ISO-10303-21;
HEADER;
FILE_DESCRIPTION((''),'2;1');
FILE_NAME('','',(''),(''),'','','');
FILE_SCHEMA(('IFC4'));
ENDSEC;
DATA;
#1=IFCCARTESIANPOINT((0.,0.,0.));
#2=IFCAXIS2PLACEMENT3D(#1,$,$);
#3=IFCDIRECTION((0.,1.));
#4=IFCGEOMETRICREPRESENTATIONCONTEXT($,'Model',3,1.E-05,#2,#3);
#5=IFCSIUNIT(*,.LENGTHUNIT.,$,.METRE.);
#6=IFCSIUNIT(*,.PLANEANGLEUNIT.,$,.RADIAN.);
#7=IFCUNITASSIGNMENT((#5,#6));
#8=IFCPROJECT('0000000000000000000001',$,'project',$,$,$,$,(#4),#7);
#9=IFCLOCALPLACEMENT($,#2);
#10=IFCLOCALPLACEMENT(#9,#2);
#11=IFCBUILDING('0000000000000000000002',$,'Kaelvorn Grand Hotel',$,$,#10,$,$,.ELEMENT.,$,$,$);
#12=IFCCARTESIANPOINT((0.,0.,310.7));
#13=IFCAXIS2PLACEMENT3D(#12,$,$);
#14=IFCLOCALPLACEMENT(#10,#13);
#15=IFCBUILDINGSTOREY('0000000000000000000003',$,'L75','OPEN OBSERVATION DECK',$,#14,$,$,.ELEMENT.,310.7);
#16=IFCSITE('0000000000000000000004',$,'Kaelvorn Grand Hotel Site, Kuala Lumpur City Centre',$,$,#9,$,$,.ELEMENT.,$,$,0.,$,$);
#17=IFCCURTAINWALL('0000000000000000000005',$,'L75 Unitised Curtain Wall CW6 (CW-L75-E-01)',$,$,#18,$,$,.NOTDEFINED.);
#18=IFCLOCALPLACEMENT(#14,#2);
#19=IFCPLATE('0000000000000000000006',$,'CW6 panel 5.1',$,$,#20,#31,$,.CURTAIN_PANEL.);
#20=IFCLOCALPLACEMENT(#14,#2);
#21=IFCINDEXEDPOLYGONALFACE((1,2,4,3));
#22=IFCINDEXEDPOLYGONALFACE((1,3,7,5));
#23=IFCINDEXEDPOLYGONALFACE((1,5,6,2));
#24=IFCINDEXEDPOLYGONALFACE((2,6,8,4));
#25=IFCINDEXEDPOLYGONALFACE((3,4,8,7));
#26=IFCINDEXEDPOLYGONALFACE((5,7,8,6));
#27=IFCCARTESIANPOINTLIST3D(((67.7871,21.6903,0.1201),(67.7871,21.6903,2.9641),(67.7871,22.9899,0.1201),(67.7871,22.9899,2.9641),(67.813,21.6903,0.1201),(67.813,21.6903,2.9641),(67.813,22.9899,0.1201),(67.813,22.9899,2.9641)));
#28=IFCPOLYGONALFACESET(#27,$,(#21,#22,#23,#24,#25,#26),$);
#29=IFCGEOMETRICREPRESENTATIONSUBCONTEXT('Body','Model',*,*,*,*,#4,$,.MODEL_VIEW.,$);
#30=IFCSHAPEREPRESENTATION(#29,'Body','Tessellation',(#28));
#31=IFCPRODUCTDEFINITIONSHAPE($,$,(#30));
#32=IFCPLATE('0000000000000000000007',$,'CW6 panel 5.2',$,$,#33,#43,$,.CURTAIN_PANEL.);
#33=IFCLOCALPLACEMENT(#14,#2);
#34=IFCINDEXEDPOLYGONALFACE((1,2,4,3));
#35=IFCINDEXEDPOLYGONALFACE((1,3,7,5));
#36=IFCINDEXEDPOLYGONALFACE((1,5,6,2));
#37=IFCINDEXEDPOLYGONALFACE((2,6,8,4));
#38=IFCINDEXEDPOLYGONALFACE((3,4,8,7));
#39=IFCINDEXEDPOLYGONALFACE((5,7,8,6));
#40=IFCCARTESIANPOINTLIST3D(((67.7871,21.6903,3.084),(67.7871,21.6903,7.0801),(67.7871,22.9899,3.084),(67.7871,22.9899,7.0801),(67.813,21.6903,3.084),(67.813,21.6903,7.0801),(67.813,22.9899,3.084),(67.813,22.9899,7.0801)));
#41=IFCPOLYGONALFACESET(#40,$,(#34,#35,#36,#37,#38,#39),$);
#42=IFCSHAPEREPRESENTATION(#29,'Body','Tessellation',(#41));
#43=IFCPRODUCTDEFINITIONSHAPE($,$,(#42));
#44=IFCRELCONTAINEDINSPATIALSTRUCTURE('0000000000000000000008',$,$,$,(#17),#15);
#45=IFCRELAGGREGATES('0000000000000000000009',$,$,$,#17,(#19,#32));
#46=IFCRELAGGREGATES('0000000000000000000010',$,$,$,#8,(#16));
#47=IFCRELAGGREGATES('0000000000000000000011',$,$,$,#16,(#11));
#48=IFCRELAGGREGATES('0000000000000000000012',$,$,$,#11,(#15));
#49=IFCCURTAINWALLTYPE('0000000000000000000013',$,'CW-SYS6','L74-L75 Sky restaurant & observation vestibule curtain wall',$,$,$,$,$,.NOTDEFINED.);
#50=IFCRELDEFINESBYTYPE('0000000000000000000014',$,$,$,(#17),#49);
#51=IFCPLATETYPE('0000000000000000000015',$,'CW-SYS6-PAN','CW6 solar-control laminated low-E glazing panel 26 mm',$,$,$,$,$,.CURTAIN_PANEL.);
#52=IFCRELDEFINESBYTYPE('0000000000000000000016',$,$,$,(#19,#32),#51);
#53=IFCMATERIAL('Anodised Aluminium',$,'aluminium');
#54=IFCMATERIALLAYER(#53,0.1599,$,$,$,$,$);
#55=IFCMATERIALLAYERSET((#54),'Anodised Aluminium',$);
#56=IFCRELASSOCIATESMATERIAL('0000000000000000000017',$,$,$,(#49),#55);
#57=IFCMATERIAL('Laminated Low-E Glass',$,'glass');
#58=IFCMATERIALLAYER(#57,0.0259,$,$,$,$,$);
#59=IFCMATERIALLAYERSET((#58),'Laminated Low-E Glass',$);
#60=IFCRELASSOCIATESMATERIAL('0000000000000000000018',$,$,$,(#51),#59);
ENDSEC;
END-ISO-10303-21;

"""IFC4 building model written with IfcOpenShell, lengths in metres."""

from ifc_helpers import new_model, si_unit, direction, frame, origin, origin_2d, place, context, subcontext, project, spatial, rectangle, extrude, material, layer, layer_set, type_object, element, aggregate, save


model = new_model("IFC4")

# Units and contexts
model_context = context("Model", 3, precision=1e-05, world=origin(), true_north=direction((0.0, 1.0)))
body_context = subcontext(model_context, "Body", "Model", "MODEL_VIEW")
ifc_project = project(units=[si_unit("LENGTHUNIT", "METRE"), si_unit("PLANEANGLEUNIT", "RADIAN")], contexts=[model_context])

# Site, building, storey
site_placement = place(None, origin())
site = spatial("IfcSite", under=ifc_project, at=site_placement, Name="Kaelvorn Grand Hotel Site, Kuala Lumpur City Centre", CompositionType="ELEMENT", RefElevation=0.0)
building_placement = place(site_placement, origin())
building = spatial("IfcBuilding", under=site, at=building_placement, Name="Kaelvorn Grand Hotel", CompositionType="ELEMENT")
storey_placement = place(building_placement, frame((0.0, 0.0, 310.7)))
storey = spatial("IfcBuildingStorey", under=building, at=storey_placement, Name="L75", Description="OPEN OBSERVATION DECK", CompositionType="ELEMENT", Elevation=310.7)

# Curtain wall, plates
ifc_material_1 = material(Name="Anodised Aluminium", Category="aluminium")
ifc_layer_1 = layer(ifc_material_1, 0.1599)
ifc_layer_set_1 = layer_set([ifc_layer_1], Name="Anodised Aluminium")
curtain_wall_type = type_object("IfcCurtainWallType", Name="CW-SYS6", Description="L74-L75 Sky restaurant & observation vestibule curtain wall", PredefinedType="NOTDEFINED", material=ifc_layer_set_1)
curtain_wall_placement = place(storey_placement, origin())
curtain_wall = element("IfcCurtainWall", 1, at=curtain_wall_placement, inside=storey, type_object=curtain_wall_type, Name="L75 Unitised Curtain Wall CW6 (CW-L75-E-01)", PredefinedType="NOTDEFINED")
ifc_material_2 = material(Name="Laminated Low-E Glass", Category="glass")
ifc_layer_2 = layer(ifc_material_2, 0.0259)
ifc_layer_set_2 = layer_set([ifc_layer_2], Name="Laminated Low-E Glass")
plate_type = type_object("IfcPlateType", Name="CW-SYS6-PAN", Description="CW6 solar-control laminated low-E glazing panel 26 mm", PredefinedType="CURTAIN_PANEL", material=ifc_layer_set_2)
plate_1_placement = place(storey_placement, frame((67.8, 22.3401, 0.1201), z_axis=(0.0, 0.0, 1.0), x_axis=(0.0, 1.0, 0.0)))
plate_1 = element("IfcPlate", 2, at=plate_1_placement, type_object=plate_type, Name="CW6 panel 5.1", PredefinedType="CURTAIN_PANEL", context=body_context, shape_type="SweptSolid", body=[
    extrude(rectangle(XDim=1.2996, YDim=0.0259, at=origin_2d()), origin(), (0.0, 0.0, 1.0), 2.844),
])
plate_2_placement = place(storey_placement, frame((67.8, 22.3401, 3.084), z_axis=(0.0, 0.0, 1.0), x_axis=(0.0, 1.0, 0.0)))
plate_2 = element("IfcPlate", 3, at=plate_2_placement, type_object=plate_type, Name="CW6 panel 5.2", PredefinedType="CURTAIN_PANEL", context=body_context, shape_type="SweptSolid", body=[
    extrude(rectangle(XDim=1.2996, YDim=0.0259, at=origin_2d()), origin(), (0.0, 0.0, 1.0), 3.9961),
])
aggregate(curtain_wall, [plate_1, plate_2])

save(model, "model.ifc")
